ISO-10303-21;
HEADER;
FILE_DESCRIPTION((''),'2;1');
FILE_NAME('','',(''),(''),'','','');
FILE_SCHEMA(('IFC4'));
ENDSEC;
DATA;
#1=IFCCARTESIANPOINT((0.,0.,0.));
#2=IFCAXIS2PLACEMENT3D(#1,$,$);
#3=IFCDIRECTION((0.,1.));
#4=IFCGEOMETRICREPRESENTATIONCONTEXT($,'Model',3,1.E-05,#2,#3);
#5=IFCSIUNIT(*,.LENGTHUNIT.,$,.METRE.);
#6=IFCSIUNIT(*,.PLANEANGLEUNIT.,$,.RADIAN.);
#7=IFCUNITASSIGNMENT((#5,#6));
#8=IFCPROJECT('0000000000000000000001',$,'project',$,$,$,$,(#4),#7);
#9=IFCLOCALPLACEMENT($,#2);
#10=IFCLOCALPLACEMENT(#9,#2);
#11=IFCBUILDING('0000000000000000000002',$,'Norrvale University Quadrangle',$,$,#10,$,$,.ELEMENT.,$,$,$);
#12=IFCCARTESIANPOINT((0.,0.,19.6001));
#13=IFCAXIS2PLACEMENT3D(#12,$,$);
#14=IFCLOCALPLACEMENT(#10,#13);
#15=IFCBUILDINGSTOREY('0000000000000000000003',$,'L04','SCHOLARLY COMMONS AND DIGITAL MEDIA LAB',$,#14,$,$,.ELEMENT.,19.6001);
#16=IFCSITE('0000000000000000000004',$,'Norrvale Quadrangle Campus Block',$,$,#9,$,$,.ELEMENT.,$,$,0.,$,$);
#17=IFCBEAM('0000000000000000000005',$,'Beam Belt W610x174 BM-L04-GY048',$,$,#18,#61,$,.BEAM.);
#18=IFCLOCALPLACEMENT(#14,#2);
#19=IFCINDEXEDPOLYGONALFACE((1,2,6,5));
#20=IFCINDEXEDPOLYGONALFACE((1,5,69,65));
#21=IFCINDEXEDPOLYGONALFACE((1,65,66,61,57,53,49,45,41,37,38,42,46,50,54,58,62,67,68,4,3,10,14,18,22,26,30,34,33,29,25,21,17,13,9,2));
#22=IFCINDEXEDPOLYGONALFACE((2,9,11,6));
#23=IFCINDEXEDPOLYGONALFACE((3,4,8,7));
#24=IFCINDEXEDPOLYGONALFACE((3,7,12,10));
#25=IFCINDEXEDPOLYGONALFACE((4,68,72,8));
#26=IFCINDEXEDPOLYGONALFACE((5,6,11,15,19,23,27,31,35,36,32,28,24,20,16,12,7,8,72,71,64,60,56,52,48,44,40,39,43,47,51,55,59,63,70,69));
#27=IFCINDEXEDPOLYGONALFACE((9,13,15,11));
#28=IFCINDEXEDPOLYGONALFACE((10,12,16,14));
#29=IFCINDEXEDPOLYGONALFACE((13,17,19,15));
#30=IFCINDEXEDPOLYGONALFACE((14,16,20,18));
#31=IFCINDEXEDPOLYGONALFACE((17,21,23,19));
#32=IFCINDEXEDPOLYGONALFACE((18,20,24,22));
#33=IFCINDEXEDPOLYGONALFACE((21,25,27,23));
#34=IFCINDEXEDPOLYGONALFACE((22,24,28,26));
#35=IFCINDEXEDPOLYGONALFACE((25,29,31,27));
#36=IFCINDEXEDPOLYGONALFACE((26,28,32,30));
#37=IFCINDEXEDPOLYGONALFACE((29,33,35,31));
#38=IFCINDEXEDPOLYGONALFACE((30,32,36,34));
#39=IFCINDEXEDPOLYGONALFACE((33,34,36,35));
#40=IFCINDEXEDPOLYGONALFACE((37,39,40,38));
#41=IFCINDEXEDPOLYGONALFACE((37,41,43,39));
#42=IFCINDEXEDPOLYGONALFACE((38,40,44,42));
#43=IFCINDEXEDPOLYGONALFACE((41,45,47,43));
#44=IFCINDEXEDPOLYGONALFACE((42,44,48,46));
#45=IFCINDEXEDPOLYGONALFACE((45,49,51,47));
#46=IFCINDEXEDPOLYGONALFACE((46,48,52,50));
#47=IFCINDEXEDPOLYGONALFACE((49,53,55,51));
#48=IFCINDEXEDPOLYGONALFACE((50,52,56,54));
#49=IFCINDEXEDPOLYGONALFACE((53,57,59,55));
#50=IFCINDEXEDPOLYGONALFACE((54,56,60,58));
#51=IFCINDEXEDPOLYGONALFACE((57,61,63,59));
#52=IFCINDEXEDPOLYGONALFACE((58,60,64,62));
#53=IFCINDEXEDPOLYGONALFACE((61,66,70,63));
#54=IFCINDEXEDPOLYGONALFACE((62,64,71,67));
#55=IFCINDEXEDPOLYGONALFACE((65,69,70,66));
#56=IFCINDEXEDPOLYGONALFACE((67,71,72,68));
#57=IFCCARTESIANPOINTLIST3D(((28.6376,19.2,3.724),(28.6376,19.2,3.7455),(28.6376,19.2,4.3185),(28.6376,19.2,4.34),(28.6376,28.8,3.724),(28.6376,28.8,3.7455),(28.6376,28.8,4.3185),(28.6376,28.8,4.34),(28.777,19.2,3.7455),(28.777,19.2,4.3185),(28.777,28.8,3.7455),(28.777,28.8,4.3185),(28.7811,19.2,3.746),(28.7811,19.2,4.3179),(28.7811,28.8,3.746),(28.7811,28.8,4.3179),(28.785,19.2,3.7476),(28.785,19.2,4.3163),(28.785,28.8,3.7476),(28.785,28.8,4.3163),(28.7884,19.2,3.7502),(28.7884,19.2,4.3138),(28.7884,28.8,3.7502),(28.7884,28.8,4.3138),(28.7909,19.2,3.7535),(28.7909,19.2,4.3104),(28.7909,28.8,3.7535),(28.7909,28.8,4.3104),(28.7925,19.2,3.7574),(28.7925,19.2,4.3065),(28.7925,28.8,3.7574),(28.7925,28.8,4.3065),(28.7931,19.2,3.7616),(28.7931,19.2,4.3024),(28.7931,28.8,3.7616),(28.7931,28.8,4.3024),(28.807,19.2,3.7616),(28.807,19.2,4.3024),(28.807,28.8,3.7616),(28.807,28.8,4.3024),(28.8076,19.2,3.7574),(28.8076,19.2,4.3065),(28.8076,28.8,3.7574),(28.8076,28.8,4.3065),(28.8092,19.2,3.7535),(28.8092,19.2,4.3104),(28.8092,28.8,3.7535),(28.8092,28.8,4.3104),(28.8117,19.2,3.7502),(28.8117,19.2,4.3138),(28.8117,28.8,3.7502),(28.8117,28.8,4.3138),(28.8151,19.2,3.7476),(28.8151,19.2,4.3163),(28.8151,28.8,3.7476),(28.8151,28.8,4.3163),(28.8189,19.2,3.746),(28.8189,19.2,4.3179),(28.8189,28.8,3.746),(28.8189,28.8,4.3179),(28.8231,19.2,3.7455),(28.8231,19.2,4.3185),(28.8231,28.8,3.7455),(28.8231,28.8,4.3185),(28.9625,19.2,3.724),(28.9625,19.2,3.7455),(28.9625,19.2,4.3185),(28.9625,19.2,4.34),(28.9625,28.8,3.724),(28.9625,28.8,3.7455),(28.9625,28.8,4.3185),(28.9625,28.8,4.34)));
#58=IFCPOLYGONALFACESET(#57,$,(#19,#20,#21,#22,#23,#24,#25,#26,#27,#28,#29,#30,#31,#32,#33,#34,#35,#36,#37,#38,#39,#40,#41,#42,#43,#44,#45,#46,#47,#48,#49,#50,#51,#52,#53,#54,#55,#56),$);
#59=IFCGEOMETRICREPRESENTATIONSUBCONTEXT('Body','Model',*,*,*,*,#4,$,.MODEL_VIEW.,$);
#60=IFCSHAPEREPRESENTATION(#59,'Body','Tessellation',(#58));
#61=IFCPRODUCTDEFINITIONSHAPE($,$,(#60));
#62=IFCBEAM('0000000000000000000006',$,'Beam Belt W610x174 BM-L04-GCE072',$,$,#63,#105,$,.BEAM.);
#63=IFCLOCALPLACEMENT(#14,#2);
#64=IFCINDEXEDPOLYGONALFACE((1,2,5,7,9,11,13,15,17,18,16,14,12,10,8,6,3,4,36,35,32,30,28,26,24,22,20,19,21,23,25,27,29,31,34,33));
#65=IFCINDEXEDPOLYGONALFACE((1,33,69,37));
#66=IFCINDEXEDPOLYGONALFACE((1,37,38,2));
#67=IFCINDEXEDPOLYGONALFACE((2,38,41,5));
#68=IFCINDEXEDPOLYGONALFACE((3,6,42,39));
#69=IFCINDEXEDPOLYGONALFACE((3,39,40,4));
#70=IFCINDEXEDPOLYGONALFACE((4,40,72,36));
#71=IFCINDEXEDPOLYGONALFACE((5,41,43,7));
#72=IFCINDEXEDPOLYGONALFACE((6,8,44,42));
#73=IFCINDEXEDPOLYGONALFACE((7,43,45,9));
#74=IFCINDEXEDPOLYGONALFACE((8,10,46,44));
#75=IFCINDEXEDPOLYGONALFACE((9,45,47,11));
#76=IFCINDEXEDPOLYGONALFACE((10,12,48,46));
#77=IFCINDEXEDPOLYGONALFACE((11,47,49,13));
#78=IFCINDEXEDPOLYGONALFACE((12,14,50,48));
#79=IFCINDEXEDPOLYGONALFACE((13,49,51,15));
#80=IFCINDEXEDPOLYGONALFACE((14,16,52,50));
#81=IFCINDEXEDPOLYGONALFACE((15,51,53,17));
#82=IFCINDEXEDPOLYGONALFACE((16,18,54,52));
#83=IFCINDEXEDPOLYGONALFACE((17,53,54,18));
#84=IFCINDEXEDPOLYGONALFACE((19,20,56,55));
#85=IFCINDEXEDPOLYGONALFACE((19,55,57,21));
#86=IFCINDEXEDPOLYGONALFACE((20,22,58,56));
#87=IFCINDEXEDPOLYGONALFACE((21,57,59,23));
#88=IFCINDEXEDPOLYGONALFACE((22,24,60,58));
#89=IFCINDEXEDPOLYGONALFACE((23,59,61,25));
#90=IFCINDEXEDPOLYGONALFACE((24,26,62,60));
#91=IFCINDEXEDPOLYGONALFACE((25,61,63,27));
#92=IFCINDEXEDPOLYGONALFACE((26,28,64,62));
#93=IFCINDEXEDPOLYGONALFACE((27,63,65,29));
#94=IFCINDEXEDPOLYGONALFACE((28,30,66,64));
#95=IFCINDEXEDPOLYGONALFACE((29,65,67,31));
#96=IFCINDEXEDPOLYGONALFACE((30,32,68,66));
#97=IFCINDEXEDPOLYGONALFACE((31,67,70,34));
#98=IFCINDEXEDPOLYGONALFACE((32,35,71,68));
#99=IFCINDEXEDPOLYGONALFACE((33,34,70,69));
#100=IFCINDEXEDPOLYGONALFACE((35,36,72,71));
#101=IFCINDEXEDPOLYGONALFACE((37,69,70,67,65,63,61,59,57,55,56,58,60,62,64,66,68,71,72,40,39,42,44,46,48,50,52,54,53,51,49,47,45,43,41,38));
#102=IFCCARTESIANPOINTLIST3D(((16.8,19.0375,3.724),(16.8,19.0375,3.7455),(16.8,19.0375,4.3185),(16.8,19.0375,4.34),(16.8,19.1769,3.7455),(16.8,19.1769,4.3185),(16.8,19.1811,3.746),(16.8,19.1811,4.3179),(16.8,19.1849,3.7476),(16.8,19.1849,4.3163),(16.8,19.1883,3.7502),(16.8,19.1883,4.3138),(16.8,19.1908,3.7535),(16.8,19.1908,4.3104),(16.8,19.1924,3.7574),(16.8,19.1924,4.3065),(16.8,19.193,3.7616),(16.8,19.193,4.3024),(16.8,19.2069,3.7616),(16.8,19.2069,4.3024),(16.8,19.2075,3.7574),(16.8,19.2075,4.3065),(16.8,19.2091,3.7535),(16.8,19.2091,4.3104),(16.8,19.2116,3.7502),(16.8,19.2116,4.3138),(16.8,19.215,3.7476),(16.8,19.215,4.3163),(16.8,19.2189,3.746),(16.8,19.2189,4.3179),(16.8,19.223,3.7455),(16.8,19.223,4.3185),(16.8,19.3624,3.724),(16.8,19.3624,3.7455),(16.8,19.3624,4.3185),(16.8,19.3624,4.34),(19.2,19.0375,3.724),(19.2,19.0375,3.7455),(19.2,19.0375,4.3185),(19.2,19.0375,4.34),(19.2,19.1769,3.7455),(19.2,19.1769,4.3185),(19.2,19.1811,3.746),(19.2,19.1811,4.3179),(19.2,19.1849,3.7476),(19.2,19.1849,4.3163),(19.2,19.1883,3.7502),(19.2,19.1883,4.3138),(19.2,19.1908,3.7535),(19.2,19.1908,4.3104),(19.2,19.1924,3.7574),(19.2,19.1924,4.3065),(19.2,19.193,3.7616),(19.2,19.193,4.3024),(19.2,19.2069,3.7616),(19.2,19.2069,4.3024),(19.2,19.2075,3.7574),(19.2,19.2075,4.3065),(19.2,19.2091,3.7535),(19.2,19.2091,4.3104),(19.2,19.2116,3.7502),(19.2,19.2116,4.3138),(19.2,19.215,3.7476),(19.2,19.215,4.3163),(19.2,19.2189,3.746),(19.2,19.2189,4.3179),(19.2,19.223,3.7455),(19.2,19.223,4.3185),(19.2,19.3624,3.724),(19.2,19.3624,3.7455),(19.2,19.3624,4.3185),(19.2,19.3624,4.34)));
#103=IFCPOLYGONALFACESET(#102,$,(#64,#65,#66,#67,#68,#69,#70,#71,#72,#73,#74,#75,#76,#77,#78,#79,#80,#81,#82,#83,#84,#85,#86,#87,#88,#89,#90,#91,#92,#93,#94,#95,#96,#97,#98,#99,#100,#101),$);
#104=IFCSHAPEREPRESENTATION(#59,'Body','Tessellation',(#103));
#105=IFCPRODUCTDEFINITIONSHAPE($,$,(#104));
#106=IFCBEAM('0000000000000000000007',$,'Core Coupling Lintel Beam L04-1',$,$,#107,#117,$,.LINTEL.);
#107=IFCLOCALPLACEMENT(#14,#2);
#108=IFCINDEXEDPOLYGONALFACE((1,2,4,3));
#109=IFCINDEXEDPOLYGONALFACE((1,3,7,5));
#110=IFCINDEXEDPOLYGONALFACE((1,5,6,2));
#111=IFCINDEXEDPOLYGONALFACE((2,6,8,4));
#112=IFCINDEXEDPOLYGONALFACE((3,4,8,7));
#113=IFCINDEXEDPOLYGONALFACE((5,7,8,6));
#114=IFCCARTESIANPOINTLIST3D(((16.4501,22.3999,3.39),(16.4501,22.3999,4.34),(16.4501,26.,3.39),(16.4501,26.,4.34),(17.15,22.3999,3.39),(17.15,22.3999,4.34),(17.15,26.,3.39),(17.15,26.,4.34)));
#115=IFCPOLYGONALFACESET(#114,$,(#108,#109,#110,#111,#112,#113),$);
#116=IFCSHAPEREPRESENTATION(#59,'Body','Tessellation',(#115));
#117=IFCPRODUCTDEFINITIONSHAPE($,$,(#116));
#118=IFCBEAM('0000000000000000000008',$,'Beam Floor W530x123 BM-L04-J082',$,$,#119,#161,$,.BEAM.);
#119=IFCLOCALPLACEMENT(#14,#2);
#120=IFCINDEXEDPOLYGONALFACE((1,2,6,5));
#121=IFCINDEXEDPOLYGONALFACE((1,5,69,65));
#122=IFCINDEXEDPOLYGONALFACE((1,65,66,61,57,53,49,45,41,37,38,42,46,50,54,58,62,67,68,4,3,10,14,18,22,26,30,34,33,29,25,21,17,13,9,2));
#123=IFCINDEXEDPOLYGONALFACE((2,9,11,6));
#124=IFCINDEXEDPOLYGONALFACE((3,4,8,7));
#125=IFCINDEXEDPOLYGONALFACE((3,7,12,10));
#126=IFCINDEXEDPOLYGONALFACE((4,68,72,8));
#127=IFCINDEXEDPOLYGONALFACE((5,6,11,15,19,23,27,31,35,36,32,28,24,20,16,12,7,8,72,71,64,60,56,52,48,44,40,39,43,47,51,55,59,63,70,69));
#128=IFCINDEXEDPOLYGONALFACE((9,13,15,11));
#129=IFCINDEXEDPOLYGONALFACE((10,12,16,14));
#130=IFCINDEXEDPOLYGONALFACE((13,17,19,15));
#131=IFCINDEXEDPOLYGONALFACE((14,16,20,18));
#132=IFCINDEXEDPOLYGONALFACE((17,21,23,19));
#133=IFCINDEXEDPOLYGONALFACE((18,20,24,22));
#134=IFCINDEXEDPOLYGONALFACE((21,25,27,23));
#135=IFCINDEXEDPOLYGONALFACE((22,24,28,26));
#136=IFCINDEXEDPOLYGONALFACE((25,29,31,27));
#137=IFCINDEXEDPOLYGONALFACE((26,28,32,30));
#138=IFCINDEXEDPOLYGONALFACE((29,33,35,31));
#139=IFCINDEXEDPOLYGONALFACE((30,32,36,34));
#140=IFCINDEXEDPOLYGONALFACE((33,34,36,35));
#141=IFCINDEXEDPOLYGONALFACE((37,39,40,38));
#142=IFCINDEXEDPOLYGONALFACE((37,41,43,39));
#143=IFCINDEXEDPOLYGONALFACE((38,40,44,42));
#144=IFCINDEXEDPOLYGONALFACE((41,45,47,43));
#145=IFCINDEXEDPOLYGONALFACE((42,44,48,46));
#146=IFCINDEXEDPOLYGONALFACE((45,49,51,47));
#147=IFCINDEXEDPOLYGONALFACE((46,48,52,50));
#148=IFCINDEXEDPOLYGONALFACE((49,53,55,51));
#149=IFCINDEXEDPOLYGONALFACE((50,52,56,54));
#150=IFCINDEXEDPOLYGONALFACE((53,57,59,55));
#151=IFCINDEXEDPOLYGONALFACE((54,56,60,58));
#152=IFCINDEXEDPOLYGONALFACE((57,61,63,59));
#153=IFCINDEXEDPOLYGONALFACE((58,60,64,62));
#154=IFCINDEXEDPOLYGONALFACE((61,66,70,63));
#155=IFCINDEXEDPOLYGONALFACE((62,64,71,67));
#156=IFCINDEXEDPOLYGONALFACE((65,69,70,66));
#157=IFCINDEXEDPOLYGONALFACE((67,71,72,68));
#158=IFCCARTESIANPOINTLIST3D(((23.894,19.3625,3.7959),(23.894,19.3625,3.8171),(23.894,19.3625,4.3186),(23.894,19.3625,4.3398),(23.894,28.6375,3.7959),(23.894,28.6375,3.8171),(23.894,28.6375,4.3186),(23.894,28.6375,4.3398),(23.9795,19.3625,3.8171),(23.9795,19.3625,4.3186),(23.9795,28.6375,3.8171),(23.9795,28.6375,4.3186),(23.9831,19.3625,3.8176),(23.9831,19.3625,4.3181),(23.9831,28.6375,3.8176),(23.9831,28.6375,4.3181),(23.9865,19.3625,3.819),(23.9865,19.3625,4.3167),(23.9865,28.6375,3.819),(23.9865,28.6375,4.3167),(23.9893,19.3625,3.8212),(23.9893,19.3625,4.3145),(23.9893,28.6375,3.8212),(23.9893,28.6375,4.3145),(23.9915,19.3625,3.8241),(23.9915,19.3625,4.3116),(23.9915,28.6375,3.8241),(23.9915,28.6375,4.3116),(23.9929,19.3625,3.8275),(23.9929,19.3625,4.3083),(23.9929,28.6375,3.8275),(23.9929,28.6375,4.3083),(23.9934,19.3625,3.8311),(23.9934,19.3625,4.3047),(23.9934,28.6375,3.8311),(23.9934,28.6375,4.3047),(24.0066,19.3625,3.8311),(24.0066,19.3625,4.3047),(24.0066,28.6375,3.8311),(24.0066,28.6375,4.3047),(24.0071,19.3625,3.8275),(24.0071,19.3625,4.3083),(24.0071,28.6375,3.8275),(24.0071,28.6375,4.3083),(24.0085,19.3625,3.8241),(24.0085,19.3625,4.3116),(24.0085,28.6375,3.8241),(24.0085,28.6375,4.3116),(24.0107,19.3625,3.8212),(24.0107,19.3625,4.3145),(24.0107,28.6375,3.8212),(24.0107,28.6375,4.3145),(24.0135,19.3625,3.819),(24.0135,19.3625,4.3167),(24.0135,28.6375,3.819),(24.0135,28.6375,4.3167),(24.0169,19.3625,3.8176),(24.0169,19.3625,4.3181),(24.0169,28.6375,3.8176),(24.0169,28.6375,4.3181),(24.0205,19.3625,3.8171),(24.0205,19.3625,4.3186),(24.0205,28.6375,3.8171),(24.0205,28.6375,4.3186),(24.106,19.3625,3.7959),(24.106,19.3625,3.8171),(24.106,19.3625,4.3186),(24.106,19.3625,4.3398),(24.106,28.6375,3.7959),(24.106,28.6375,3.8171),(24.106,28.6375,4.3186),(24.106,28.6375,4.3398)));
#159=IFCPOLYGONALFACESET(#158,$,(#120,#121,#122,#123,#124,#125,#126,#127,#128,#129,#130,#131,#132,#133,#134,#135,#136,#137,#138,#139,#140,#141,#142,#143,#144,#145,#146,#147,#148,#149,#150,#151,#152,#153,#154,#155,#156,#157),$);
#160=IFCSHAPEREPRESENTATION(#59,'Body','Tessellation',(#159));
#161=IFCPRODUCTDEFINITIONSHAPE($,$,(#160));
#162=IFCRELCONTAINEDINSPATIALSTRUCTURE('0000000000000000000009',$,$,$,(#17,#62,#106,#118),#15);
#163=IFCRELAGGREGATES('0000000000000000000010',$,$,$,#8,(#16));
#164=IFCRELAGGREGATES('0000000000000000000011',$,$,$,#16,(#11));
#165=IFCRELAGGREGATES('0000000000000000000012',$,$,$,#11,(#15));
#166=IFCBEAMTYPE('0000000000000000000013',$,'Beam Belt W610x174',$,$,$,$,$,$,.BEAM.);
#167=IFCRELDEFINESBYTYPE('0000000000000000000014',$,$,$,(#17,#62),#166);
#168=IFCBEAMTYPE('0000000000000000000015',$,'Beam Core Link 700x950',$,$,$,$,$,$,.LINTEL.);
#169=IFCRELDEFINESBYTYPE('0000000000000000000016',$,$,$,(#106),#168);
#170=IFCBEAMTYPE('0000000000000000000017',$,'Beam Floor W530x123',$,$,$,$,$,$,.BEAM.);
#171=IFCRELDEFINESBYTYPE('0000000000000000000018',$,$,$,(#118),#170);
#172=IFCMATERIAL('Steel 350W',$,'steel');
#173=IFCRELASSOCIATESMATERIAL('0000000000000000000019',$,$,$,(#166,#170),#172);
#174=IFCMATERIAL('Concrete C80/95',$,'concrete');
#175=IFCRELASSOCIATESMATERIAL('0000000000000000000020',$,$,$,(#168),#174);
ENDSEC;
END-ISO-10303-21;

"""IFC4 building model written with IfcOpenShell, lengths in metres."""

from ifc_helpers import new_model, si_unit, direction, frame, origin, origin_2d, place, context, subcontext, project, spatial, rectangle, i_section, extrude, material, material_profile, profile_set, type_object, element, save


model = new_model("IFC4")

# Units and contexts
model_context = context("Model", 3, precision=1e-05, world=origin(), true_north=direction((0.0, 1.0)))
body_context = subcontext(model_context, "Body", "Model", "MODEL_VIEW")
ifc_project = project(units=[si_unit("LENGTHUNIT", "METRE"), si_unit("PLANEANGLEUNIT", "RADIAN")], contexts=[model_context])

# Site, building, storey
site_placement = place(None, origin())
site = spatial("IfcSite", under=ifc_project, at=site_placement, Name="Norrvale Quadrangle Campus Block", CompositionType="ELEMENT", RefElevation=0.0)
building_placement = place(site_placement, origin())
building = spatial("IfcBuilding", under=site, at=building_placement, Name="Norrvale University Quadrangle", CompositionType="ELEMENT")
storey_placement = place(building_placement, frame((0.0, 0.0, 19.6001)))
storey = spatial("IfcBuildingStorey", under=building, at=storey_placement, Name="L04", Description="SCHOLARLY COMMONS AND DIGITAL MEDIA LAB", CompositionType="ELEMENT", Elevation=19.6001)

# Shared definitions
ifc_material_1 = material(Name="Concrete C80/95", Category="concrete")

# Beams
ifc_material_2 = material(Name="Steel 350W", Category="steel")
ifc_material_profile_1 = material_profile(ifc_material_2, i_section(OverallWidth=0.325, OverallDepth=0.616, WebThickness=0.0139, FlangeThickness=0.0215, FilletRadius=0.0161, at=origin_2d()), Name="Steel 350W")
ifc_profile_set_1 = profile_set([ifc_material_profile_1], Name="Steel 350W")
beam_type_1 = type_object("IfcBeamType", Name="Beam Belt W610x174", PredefinedType="BEAM", material=ifc_profile_set_1)
for number, where, z_axis, x_axis, name in (
    (1, (28.8, 19.2, 4.032), (0.0, 1.0, 0.0), (-1.0, 0.0, 0.0), "Beam Belt W610x174 BM-L04-GY048"),
):
    element("IfcBeam", number, at=place(storey_placement, frame(where, z_axis=z_axis, x_axis=x_axis)), inside=storey, type_object=beam_type_1, Name=name, PredefinedType="BEAM", context=body_context, shape_type="SweptSolid", body=[
        extrude(i_section(OverallWidth=0.325, OverallDepth=0.616, WebThickness=0.0139, FlangeThickness=0.0215, FilletRadius=0.0161, at=origin_2d()), origin(), (0.0, 0.0, 1.0), 9.6001),
    ])
beam_1_placement = place(storey_placement, frame((16.8, 19.2, 4.032), z_axis=(1.0, 0.0, 0.0), x_axis=(0.0, 1.0, 0.0)))
element("IfcBeam", 2, at=beam_1_placement, inside=storey, type_object=beam_type_1, Name="Beam Belt W610x174 BM-L04-GCE072", PredefinedType="BEAM", context=body_context, shape_type="SweptSolid", body=[
    extrude(i_section(OverallWidth=0.325, OverallDepth=0.616, WebThickness=0.0139, FlangeThickness=0.0215, FilletRadius=0.0161, at=origin_2d()), origin(), (0.0, 0.0, 1.0), 2.3999),
])
ifc_material_profile_2 = material_profile(ifc_material_1, rectangle(XDim=0.7, YDim=0.95, at=origin_2d()), Name="Concrete C80/95")
ifc_profile_set_2 = profile_set([ifc_material_profile_2], Name="Concrete C80/95")
beam_type_2 = type_object("IfcBeamType", Name="Beam Core Link 700x950", PredefinedType="LINTEL", material=ifc_profile_set_2)
beam_2_placement = place(storey_placement, frame((16.8, 22.3999, 3.865), z_axis=(0.0, 1.0, 0.0), x_axis=(-1.0, 0.0, 0.0)))
element("IfcBeam", 3, at=beam_2_placement, inside=storey, type_object=beam_type_2, Name="Core Coupling Lintel Beam L04-1", PredefinedType="LINTEL", context=body_context, shape_type="SweptSolid", body=[
    extrude(rectangle(XDim=0.7, YDim=0.95, at=origin_2d()), origin(), (0.0, 0.0, 1.0), 3.6001),
])
ifc_material_profile_3 = material_profile(ifc_material_2, i_section(OverallWidth=0.2119, OverallDepth=0.5439, WebThickness=0.0132, FlangeThickness=0.0212, FilletRadius=0.0139, at=origin_2d()), Name="Steel 350W")
ifc_profile_set_3 = profile_set([ifc_material_profile_3], Name="Steel 350W")
beam_type_3 = type_object("IfcBeamType", Name="Beam Floor W530x123", PredefinedType="BEAM", material=ifc_profile_set_3)
beam_3_placement = place(storey_placement, frame((24.0, 19.3625, 4.0679), z_axis=(0.0, 1.0, 0.0), x_axis=(-1.0, 0.0, 0.0)))
element("IfcBeam", 4, at=beam_3_placement, inside=storey, type_object=beam_type_3, Name="Beam Floor W530x123 BM-L04-J082", PredefinedType="BEAM", context=body_context, shape_type="SweptSolid", body=[
    extrude(i_section(OverallWidth=0.2119, OverallDepth=0.5439, WebThickness=0.0132, FlangeThickness=0.0212, FilletRadius=0.0139, at=origin_2d()), origin(), (0.0, 0.0, 1.0), 9.2749),
])

save(model, "model.ifc")
